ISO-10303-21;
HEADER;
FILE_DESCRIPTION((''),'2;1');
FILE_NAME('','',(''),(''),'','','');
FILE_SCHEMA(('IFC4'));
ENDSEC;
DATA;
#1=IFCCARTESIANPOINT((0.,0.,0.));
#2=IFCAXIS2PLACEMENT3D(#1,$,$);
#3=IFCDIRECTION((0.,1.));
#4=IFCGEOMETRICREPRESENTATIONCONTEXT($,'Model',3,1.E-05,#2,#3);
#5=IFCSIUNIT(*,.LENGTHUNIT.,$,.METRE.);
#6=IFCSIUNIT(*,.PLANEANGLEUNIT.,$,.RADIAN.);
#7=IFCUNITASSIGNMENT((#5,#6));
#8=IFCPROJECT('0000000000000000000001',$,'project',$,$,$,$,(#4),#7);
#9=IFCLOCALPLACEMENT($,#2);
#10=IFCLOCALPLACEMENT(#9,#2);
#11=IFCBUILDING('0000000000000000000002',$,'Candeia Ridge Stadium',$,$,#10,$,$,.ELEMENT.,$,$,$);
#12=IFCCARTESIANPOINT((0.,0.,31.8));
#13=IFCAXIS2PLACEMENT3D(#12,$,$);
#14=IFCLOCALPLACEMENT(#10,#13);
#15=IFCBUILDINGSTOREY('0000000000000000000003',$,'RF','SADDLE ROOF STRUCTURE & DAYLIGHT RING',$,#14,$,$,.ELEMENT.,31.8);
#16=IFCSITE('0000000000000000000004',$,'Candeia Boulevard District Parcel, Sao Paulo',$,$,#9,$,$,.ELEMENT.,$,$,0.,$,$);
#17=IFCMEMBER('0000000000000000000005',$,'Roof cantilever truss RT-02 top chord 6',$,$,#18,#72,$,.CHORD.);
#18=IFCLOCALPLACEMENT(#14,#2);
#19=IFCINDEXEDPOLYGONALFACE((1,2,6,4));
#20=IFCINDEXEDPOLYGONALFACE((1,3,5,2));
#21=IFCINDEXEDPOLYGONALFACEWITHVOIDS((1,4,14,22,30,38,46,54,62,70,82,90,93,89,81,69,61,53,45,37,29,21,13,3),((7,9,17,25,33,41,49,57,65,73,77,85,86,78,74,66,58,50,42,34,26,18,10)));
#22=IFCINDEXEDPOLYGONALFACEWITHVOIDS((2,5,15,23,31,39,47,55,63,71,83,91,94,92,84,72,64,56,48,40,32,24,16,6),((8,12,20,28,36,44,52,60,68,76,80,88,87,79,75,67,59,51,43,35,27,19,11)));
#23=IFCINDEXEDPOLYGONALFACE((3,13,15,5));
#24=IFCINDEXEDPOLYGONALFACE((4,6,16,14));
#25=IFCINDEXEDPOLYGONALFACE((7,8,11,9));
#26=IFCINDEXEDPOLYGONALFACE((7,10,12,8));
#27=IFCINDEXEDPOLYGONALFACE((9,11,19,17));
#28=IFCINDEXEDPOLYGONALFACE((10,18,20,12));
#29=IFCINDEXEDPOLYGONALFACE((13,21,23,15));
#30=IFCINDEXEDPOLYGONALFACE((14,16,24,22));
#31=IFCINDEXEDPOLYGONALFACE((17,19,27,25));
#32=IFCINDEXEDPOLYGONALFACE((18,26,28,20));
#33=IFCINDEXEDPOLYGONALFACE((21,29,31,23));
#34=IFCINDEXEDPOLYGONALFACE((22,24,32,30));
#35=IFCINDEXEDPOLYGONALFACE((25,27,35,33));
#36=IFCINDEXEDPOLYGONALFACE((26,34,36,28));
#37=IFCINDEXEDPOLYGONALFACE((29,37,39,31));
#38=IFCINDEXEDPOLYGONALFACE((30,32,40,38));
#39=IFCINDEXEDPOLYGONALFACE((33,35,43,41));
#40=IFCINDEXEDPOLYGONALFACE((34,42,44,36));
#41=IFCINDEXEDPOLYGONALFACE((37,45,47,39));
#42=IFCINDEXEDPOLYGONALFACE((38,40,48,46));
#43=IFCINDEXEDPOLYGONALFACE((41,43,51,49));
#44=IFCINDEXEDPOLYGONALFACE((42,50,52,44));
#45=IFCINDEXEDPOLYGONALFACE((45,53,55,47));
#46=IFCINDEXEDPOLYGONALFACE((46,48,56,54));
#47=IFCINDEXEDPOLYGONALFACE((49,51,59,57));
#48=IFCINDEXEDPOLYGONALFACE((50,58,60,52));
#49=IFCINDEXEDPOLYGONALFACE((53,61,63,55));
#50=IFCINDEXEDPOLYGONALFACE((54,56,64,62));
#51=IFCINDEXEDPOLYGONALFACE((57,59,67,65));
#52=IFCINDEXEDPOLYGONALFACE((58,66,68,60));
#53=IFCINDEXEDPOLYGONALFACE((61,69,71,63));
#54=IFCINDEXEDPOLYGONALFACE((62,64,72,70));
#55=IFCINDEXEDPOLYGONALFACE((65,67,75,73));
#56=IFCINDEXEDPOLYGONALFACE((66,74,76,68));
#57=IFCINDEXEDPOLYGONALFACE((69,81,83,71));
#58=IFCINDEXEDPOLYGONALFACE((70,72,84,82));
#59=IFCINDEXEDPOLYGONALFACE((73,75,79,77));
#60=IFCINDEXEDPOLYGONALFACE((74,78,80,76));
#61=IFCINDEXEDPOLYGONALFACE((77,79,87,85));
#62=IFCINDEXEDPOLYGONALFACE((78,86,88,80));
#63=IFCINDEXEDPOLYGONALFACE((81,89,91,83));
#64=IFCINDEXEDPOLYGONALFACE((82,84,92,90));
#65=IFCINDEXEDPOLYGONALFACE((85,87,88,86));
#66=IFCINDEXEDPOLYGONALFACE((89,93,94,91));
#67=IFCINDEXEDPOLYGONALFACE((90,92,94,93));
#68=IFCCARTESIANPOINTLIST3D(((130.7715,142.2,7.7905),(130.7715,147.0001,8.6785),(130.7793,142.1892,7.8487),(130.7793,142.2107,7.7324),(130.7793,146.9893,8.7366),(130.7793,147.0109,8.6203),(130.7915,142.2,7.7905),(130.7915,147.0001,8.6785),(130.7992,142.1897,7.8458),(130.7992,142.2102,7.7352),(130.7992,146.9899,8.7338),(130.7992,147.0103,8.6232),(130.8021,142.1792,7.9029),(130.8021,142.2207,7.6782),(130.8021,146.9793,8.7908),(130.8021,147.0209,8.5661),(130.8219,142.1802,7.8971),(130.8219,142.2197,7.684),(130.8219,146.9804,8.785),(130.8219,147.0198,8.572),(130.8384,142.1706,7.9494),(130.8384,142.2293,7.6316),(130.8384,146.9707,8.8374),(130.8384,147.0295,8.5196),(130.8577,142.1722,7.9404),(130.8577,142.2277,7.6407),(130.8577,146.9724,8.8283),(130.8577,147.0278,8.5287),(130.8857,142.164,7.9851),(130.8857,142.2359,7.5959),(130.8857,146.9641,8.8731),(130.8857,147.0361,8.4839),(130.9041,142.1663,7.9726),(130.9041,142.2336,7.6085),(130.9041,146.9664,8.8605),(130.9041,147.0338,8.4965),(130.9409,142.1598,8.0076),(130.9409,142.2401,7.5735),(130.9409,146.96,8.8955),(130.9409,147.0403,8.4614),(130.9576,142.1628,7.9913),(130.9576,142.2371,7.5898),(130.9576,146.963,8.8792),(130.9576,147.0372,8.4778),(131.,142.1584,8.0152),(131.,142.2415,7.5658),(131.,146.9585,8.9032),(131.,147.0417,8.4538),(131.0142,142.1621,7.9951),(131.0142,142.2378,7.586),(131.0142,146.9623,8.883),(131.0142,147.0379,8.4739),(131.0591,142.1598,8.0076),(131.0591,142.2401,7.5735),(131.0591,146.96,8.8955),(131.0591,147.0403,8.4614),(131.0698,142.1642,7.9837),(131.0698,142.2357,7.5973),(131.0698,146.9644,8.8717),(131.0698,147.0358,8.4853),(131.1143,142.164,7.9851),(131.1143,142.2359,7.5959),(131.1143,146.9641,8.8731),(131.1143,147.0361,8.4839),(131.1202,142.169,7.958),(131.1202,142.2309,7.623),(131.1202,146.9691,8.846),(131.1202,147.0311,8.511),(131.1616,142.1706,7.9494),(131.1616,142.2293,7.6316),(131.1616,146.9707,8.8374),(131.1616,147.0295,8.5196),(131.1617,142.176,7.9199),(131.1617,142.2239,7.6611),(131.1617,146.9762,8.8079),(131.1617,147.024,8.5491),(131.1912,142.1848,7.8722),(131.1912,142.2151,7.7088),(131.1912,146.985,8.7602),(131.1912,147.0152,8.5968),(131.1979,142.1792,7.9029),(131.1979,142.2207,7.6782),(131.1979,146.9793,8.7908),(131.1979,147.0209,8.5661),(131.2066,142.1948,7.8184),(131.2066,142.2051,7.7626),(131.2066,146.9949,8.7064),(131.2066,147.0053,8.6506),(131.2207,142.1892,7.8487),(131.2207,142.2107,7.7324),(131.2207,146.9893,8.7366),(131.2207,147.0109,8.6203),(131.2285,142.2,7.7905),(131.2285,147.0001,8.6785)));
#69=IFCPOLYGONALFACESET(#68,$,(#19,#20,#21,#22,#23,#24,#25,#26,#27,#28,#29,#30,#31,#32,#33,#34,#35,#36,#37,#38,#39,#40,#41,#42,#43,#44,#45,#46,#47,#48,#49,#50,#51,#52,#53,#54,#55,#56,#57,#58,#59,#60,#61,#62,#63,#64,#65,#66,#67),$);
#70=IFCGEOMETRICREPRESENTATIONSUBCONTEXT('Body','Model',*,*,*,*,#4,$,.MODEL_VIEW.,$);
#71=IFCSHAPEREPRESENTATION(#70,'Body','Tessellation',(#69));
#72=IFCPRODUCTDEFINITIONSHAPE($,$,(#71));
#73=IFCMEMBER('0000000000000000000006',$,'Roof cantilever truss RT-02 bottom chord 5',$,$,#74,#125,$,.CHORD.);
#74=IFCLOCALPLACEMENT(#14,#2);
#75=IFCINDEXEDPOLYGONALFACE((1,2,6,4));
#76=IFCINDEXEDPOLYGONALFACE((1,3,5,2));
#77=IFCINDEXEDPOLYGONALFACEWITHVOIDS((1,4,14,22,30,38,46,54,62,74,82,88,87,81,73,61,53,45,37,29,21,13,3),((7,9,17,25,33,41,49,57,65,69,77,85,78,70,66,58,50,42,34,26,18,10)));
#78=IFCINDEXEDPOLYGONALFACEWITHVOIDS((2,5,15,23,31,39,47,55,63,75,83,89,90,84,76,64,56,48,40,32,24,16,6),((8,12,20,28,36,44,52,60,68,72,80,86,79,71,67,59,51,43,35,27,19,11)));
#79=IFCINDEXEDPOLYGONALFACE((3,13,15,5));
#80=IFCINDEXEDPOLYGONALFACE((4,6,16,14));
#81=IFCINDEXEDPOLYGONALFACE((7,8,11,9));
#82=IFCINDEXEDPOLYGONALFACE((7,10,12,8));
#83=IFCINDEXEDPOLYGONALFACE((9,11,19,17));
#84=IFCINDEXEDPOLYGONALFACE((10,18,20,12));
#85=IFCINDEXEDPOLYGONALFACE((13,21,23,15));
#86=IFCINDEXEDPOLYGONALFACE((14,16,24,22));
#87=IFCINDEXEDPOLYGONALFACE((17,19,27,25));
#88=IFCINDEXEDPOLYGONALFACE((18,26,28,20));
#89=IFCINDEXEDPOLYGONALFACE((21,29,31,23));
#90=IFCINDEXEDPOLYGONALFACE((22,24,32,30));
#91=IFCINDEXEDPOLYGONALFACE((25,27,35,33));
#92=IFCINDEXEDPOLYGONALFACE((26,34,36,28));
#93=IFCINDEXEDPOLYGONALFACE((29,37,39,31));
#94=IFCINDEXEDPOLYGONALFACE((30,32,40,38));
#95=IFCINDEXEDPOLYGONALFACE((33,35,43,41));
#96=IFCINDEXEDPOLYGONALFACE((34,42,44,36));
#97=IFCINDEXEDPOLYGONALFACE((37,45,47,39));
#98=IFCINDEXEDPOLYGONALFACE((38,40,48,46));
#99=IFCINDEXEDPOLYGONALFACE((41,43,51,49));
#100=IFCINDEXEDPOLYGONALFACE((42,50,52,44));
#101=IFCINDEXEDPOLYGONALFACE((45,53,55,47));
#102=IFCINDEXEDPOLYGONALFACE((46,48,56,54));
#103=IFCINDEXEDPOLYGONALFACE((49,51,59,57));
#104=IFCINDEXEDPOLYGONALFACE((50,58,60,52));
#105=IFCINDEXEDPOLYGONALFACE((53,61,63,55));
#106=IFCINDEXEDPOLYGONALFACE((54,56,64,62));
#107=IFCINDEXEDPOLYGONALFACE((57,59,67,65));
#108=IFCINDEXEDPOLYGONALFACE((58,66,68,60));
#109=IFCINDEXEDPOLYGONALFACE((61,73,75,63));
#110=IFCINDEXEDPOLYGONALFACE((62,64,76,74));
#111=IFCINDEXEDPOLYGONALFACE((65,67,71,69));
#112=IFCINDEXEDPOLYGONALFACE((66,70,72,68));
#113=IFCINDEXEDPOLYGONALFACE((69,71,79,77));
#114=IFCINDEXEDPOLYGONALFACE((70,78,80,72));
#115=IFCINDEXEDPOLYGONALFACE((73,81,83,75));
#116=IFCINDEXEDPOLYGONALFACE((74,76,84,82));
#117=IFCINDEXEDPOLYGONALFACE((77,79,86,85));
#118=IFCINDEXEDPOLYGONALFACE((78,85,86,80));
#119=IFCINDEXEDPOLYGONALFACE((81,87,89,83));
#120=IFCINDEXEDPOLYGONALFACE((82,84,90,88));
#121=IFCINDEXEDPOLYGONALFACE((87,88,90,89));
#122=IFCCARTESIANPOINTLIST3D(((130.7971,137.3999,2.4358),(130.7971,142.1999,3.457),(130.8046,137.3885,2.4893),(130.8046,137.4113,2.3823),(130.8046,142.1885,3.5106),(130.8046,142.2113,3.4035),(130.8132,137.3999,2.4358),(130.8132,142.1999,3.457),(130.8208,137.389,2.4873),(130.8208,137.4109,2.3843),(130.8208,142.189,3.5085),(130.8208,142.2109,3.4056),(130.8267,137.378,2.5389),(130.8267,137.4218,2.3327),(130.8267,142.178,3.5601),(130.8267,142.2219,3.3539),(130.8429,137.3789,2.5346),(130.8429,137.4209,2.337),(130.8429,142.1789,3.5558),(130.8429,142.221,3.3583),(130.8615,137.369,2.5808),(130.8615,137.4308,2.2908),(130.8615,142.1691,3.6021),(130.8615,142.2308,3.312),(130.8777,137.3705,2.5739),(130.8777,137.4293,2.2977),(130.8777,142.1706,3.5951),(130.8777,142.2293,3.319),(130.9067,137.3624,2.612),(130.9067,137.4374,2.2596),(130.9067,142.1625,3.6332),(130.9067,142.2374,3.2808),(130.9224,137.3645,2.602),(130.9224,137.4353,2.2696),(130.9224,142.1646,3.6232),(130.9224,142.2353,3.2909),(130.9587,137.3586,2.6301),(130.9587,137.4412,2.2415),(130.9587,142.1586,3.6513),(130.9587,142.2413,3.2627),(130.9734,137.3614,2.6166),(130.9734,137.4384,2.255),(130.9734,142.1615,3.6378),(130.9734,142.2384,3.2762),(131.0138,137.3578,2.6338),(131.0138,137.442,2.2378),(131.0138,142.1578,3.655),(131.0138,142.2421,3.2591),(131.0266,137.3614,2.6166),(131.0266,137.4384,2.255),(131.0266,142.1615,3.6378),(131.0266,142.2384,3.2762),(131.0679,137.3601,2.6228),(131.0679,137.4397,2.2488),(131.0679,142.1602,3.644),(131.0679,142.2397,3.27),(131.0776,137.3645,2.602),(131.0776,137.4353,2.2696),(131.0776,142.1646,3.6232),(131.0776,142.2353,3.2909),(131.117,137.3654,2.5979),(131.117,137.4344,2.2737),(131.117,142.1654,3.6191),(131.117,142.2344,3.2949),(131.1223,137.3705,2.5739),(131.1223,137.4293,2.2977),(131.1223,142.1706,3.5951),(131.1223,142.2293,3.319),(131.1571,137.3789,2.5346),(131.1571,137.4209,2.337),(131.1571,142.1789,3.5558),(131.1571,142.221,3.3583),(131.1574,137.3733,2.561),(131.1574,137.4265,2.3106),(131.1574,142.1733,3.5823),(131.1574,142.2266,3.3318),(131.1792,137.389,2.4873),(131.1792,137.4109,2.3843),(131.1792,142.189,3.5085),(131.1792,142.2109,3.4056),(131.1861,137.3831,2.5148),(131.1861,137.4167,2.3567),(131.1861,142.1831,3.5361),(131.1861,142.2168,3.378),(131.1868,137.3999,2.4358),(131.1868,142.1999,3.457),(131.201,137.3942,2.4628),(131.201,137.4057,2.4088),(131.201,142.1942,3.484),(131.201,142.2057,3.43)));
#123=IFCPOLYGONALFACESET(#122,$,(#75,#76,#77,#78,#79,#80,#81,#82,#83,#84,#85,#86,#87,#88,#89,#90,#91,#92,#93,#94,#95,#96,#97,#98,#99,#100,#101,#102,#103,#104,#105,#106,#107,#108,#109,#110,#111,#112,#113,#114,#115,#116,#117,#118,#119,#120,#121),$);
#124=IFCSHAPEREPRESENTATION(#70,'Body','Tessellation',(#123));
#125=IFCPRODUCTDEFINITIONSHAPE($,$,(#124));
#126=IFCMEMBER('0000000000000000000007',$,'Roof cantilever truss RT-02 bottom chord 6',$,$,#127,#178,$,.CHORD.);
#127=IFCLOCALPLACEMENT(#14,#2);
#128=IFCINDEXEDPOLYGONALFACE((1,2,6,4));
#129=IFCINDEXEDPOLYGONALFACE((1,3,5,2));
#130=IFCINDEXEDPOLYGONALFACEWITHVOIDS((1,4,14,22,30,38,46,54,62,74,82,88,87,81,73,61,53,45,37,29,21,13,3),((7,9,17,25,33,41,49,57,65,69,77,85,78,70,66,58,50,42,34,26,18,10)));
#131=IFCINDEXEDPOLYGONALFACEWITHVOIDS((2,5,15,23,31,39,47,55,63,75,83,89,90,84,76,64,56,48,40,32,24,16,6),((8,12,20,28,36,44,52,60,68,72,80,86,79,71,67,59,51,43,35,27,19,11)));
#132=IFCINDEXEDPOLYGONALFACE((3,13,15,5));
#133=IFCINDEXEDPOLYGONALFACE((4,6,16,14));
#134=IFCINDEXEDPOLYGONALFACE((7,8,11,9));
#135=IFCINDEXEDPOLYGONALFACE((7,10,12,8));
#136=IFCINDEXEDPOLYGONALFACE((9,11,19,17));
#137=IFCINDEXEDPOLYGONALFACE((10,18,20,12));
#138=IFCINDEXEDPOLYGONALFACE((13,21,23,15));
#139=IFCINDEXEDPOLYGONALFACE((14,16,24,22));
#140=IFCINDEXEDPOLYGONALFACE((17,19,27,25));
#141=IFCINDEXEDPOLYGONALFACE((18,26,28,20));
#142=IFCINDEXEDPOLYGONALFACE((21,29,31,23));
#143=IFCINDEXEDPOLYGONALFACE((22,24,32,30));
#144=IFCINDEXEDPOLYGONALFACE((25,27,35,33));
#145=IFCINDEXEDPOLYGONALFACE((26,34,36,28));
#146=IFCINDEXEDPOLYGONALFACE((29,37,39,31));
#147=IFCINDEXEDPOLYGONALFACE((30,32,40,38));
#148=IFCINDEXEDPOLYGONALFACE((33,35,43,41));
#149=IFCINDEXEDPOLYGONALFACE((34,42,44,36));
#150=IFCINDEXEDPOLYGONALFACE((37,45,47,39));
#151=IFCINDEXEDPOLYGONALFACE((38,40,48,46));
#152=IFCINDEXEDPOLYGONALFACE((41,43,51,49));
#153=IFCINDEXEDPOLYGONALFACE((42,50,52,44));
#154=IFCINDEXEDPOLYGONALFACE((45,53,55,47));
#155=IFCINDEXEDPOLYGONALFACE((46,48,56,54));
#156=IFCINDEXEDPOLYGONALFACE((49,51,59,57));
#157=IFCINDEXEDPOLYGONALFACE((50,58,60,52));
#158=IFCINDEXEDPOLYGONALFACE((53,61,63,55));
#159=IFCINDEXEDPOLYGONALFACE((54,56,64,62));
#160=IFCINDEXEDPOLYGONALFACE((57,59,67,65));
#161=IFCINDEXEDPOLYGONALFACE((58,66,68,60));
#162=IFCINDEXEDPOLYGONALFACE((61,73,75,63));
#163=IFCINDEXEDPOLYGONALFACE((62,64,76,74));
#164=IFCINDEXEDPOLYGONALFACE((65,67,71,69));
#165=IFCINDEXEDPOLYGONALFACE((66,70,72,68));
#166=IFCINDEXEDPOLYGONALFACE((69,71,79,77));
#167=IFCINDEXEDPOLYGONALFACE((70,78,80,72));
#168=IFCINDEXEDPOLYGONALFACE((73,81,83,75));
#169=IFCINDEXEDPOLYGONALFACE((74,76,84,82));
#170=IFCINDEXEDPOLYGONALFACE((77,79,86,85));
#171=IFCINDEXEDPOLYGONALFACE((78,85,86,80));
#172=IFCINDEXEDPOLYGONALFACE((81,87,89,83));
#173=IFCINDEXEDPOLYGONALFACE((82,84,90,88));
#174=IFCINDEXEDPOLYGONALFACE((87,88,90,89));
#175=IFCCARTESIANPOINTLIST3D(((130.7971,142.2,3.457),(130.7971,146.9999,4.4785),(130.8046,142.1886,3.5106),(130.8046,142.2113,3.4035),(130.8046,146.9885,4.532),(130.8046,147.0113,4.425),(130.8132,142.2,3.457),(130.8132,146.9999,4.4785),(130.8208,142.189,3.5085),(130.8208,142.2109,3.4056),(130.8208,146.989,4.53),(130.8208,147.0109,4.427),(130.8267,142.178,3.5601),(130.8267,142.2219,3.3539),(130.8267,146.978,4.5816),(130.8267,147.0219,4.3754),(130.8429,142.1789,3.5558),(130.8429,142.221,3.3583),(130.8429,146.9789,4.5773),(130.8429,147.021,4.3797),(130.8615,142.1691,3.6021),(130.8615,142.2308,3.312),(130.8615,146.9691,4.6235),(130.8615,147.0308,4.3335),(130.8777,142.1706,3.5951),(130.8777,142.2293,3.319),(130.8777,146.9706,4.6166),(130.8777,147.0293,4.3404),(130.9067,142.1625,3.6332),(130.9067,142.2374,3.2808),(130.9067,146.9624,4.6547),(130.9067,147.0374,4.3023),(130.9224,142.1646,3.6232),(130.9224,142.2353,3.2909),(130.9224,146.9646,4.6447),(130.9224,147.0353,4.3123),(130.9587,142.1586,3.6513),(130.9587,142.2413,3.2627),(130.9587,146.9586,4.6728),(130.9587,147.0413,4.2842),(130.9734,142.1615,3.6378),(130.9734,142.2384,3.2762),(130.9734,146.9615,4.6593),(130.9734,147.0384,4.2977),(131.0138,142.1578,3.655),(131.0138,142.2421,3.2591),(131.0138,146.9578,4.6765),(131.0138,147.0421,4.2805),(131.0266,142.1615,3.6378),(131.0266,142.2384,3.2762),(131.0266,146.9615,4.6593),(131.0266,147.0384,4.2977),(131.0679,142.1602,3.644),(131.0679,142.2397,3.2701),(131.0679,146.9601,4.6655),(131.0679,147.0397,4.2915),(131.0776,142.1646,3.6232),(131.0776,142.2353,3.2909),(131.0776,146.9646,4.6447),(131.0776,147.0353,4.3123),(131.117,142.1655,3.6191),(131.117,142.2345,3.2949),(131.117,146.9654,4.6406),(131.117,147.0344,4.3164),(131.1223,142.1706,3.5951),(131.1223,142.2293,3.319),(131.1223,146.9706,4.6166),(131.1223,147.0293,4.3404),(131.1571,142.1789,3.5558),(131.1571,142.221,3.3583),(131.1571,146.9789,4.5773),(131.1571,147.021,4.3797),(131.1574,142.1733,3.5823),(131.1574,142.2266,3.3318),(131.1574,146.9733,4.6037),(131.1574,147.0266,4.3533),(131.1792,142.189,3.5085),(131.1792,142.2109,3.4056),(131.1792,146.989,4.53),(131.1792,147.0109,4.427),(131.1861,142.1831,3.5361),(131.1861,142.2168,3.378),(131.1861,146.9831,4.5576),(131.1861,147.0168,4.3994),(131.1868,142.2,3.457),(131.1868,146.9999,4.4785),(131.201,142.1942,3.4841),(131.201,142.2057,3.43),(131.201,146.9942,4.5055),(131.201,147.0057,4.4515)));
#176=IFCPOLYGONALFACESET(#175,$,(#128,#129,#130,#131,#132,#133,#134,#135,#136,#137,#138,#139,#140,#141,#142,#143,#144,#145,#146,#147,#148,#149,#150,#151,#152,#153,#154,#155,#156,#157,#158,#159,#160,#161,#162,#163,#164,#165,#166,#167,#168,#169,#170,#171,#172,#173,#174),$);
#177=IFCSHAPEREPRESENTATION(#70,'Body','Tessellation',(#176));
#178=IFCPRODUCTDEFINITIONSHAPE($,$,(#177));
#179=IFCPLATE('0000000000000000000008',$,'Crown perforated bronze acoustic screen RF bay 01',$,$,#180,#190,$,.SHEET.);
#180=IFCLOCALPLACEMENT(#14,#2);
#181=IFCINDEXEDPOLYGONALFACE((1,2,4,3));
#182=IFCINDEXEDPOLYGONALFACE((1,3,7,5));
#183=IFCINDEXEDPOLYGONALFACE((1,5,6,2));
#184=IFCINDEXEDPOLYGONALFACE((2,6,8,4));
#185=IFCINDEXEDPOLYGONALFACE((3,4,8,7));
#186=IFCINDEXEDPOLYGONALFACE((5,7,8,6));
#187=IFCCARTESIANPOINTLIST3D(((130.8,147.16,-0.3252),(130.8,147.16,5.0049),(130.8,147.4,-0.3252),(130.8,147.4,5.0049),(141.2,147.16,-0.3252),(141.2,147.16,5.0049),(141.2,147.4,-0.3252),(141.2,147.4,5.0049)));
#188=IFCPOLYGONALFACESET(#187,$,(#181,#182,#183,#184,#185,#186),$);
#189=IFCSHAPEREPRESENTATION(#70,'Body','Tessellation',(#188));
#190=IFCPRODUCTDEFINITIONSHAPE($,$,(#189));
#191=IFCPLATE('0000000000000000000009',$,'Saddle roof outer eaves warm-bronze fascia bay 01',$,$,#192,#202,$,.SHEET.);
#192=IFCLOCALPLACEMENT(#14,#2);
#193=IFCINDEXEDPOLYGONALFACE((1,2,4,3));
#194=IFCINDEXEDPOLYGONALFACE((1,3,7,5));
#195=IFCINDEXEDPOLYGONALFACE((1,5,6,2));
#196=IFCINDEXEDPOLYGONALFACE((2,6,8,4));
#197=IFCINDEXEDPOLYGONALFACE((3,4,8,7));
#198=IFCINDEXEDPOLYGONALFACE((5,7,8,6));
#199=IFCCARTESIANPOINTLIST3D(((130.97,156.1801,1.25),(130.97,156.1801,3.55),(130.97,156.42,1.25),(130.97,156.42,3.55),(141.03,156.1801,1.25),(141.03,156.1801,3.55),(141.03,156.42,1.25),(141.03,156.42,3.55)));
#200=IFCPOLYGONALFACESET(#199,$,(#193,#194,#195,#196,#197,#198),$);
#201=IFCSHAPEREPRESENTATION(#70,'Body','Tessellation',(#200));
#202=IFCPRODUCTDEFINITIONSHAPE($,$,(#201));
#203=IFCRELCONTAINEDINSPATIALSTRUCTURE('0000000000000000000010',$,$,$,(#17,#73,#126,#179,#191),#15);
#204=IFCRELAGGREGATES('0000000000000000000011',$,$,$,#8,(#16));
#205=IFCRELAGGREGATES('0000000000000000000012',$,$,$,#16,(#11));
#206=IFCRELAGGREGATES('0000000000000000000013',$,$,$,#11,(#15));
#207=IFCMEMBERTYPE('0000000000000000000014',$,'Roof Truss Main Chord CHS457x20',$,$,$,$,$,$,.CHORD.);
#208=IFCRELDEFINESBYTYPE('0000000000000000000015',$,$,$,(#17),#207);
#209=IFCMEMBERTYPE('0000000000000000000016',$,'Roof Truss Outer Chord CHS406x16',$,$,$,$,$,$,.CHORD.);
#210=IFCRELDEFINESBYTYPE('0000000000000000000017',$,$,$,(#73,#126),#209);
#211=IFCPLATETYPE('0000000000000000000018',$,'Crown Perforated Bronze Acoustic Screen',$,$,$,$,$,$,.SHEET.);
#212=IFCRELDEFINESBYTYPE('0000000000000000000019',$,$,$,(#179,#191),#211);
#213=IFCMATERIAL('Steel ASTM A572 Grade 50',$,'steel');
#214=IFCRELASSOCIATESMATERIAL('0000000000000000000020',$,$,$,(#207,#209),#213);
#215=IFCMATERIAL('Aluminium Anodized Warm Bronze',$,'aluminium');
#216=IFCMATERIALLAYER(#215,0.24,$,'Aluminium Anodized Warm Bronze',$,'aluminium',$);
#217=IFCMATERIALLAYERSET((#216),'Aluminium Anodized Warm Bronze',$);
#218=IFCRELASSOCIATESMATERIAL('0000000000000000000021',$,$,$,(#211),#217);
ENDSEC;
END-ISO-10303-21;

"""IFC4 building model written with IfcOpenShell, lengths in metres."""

from ifc_helpers import new_model, si_unit, direction, frame, origin, origin_2d, place, context, subcontext, project, spatial, rectangle, hollow_circle, extrude, material, layer, layer_set, material_profile, profile_set, type_object, element, save


model = new_model("IFC4")

# Units and contexts
model_context = context("Model", 3, precision=1e-05, world=origin(), true_north=direction((0.0, 1.0)))
body_context = subcontext(model_context, "Body", "Model", "MODEL_VIEW")
ifc_project = project(units=[si_unit("LENGTHUNIT", "METRE"), si_unit("PLANEANGLEUNIT", "RADIAN")], contexts=[model_context])

# Site, building, storey
site_placement = place(None, origin())
site = spatial("IfcSite", under=ifc_project, at=site_placement, Name="Candeia Boulevard District Parcel, Sao Paulo", CompositionType="ELEMENT", RefElevation=0.0)
building_placement = place(site_placement, origin())
building = spatial("IfcBuilding", under=site, at=building_placement, Name="Candeia Ridge Stadium", CompositionType="ELEMENT")
storey_placement = place(building_placement, frame((0.0, 0.0, 31.8)))
storey = spatial("IfcBuildingStorey", under=building, at=storey_placement, Name="RF", Description="SADDLE ROOF STRUCTURE & DAYLIGHT RING", CompositionType="ELEMENT", Elevation=31.8)

# Shared definitions
ifc_material_1 = material(Name="Steel ASTM A572 Grade 50", Category="steel")

# Members
ifc_material_profile_1 = material_profile(ifc_material_1, hollow_circle(Radius=0.2285, WallThickness=0.02, at=origin_2d()), Name="CHS457x20", Category="steel")
ifc_profile_set_1 = profile_set([ifc_material_profile_1], Name="Steel ASTM A572 Grade 50")
member_type_1 = type_object("IfcMemberType", Name="Roof Truss Main Chord CHS457x20", PredefinedType="CHORD", material=ifc_profile_set_1)
for number, where, z_axis, x_axis, name in (
    (1, (131.0, 142.2, 7.7905), (0.0, 0.983317, 0.181899), (-1.0, 0.0, 0.0), "Roof cantilever truss RT-02 top chord 6"),
):
    element("IfcMember", number, at=place(storey_placement, frame(where, z_axis=z_axis, x_axis=x_axis)), inside=storey, type_object=member_type_1, Name=name, PredefinedType="CHORD", context=body_context, shape_type="SweptSolid", body=[
        extrude(hollow_circle(Radius=0.2285, WallThickness=0.02, at=origin_2d()), origin(), (0.0, 0.0, 1.0), 4.8816),
    ])
ifc_material_profile_2 = material_profile(ifc_material_1, hollow_circle(Radius=0.2029, WallThickness=0.0161, at=origin_2d()), Name="CHS406x16", Category="steel")
ifc_profile_set_2 = profile_set([ifc_material_profile_2], Name="Steel ASTM A572 Grade 50")
member_type_2 = type_object("IfcMemberType", Name="Roof Truss Outer Chord CHS406x16", PredefinedType="CHORD", material=ifc_profile_set_2)
for number, where, z_axis, x_axis, name in (
    (2, (131.0, 137.3999, 2.4358), (0.0, 0.978108, 0.208099), (-1.0, 0.0, 0.0), "Roof cantilever truss RT-02 bottom chord 5"),
    (3, (131.0, 142.2, 3.457), (0.0, 0.978098, 0.208146), (-1.0, 0.0, 0.0), "Roof cantilever truss RT-02 bottom chord 6"),
):
    element("IfcMember", number, at=place(storey_placement, frame(where, z_axis=z_axis, x_axis=x_axis)), inside=storey, type_object=member_type_2, Name=name, PredefinedType="CHORD", context=body_context, shape_type="SweptSolid", body=[
        extrude(hollow_circle(Radius=0.2029, WallThickness=0.0161, at=origin_2d()), origin(), (0.0, 0.0, 1.0), 4.9075),
    ])

# Plates
ifc_material_2 = material(Name="Aluminium Anodized Warm Bronze", Category="aluminium")
ifc_layer_1 = layer(ifc_material_2, 0.24, Name="Aluminium Anodized Warm Bronze", Category="aluminium")
ifc_layer_set_1 = layer_set([ifc_layer_1], Name="Aluminium Anodized Warm Bronze")
plate_type_1 = type_object("IfcPlateType", Name="Crown Perforated Bronze Acoustic Screen", PredefinedType="SHEET", material=ifc_layer_set_1)
plate_1_placement = place(storey_placement, frame((136.0, 147.28, -0.3252), z_axis=(0.0, 0.0, 1.0), x_axis=(-1.0, 0.0, 0.0)))
element("IfcPlate", 4, at=plate_1_placement, inside=storey, type_object=plate_type_1, Name="Crown perforated bronze acoustic screen RF bay 01", PredefinedType="SHEET", context=body_context, shape_type="SweptSolid", body=[
    extrude(rectangle(XDim=10.3999, YDim=0.24, at=origin_2d()), origin(), (0.0, 0.0, 1.0), 5.3301),
])
plate_2_placement = place(storey_placement, frame((136.0, 156.3, 1.25), z_axis=(0.0, 0.0, 1.0), x_axis=(-1.0, 0.0, 0.0)))
element("IfcPlate", 5, at=plate_2_placement, inside=storey, type_object=plate_type_1, Name="Saddle roof outer eaves warm-bronze fascia bay 01", PredefinedType="SHEET", context=body_context, shape_type="SweptSolid", body=[
    extrude(rectangle(XDim=10.0601, YDim=0.24, at=origin_2d()), origin(), (0.0, 0.0, 1.0), 2.3),
])

save(model, "model.ifc")
